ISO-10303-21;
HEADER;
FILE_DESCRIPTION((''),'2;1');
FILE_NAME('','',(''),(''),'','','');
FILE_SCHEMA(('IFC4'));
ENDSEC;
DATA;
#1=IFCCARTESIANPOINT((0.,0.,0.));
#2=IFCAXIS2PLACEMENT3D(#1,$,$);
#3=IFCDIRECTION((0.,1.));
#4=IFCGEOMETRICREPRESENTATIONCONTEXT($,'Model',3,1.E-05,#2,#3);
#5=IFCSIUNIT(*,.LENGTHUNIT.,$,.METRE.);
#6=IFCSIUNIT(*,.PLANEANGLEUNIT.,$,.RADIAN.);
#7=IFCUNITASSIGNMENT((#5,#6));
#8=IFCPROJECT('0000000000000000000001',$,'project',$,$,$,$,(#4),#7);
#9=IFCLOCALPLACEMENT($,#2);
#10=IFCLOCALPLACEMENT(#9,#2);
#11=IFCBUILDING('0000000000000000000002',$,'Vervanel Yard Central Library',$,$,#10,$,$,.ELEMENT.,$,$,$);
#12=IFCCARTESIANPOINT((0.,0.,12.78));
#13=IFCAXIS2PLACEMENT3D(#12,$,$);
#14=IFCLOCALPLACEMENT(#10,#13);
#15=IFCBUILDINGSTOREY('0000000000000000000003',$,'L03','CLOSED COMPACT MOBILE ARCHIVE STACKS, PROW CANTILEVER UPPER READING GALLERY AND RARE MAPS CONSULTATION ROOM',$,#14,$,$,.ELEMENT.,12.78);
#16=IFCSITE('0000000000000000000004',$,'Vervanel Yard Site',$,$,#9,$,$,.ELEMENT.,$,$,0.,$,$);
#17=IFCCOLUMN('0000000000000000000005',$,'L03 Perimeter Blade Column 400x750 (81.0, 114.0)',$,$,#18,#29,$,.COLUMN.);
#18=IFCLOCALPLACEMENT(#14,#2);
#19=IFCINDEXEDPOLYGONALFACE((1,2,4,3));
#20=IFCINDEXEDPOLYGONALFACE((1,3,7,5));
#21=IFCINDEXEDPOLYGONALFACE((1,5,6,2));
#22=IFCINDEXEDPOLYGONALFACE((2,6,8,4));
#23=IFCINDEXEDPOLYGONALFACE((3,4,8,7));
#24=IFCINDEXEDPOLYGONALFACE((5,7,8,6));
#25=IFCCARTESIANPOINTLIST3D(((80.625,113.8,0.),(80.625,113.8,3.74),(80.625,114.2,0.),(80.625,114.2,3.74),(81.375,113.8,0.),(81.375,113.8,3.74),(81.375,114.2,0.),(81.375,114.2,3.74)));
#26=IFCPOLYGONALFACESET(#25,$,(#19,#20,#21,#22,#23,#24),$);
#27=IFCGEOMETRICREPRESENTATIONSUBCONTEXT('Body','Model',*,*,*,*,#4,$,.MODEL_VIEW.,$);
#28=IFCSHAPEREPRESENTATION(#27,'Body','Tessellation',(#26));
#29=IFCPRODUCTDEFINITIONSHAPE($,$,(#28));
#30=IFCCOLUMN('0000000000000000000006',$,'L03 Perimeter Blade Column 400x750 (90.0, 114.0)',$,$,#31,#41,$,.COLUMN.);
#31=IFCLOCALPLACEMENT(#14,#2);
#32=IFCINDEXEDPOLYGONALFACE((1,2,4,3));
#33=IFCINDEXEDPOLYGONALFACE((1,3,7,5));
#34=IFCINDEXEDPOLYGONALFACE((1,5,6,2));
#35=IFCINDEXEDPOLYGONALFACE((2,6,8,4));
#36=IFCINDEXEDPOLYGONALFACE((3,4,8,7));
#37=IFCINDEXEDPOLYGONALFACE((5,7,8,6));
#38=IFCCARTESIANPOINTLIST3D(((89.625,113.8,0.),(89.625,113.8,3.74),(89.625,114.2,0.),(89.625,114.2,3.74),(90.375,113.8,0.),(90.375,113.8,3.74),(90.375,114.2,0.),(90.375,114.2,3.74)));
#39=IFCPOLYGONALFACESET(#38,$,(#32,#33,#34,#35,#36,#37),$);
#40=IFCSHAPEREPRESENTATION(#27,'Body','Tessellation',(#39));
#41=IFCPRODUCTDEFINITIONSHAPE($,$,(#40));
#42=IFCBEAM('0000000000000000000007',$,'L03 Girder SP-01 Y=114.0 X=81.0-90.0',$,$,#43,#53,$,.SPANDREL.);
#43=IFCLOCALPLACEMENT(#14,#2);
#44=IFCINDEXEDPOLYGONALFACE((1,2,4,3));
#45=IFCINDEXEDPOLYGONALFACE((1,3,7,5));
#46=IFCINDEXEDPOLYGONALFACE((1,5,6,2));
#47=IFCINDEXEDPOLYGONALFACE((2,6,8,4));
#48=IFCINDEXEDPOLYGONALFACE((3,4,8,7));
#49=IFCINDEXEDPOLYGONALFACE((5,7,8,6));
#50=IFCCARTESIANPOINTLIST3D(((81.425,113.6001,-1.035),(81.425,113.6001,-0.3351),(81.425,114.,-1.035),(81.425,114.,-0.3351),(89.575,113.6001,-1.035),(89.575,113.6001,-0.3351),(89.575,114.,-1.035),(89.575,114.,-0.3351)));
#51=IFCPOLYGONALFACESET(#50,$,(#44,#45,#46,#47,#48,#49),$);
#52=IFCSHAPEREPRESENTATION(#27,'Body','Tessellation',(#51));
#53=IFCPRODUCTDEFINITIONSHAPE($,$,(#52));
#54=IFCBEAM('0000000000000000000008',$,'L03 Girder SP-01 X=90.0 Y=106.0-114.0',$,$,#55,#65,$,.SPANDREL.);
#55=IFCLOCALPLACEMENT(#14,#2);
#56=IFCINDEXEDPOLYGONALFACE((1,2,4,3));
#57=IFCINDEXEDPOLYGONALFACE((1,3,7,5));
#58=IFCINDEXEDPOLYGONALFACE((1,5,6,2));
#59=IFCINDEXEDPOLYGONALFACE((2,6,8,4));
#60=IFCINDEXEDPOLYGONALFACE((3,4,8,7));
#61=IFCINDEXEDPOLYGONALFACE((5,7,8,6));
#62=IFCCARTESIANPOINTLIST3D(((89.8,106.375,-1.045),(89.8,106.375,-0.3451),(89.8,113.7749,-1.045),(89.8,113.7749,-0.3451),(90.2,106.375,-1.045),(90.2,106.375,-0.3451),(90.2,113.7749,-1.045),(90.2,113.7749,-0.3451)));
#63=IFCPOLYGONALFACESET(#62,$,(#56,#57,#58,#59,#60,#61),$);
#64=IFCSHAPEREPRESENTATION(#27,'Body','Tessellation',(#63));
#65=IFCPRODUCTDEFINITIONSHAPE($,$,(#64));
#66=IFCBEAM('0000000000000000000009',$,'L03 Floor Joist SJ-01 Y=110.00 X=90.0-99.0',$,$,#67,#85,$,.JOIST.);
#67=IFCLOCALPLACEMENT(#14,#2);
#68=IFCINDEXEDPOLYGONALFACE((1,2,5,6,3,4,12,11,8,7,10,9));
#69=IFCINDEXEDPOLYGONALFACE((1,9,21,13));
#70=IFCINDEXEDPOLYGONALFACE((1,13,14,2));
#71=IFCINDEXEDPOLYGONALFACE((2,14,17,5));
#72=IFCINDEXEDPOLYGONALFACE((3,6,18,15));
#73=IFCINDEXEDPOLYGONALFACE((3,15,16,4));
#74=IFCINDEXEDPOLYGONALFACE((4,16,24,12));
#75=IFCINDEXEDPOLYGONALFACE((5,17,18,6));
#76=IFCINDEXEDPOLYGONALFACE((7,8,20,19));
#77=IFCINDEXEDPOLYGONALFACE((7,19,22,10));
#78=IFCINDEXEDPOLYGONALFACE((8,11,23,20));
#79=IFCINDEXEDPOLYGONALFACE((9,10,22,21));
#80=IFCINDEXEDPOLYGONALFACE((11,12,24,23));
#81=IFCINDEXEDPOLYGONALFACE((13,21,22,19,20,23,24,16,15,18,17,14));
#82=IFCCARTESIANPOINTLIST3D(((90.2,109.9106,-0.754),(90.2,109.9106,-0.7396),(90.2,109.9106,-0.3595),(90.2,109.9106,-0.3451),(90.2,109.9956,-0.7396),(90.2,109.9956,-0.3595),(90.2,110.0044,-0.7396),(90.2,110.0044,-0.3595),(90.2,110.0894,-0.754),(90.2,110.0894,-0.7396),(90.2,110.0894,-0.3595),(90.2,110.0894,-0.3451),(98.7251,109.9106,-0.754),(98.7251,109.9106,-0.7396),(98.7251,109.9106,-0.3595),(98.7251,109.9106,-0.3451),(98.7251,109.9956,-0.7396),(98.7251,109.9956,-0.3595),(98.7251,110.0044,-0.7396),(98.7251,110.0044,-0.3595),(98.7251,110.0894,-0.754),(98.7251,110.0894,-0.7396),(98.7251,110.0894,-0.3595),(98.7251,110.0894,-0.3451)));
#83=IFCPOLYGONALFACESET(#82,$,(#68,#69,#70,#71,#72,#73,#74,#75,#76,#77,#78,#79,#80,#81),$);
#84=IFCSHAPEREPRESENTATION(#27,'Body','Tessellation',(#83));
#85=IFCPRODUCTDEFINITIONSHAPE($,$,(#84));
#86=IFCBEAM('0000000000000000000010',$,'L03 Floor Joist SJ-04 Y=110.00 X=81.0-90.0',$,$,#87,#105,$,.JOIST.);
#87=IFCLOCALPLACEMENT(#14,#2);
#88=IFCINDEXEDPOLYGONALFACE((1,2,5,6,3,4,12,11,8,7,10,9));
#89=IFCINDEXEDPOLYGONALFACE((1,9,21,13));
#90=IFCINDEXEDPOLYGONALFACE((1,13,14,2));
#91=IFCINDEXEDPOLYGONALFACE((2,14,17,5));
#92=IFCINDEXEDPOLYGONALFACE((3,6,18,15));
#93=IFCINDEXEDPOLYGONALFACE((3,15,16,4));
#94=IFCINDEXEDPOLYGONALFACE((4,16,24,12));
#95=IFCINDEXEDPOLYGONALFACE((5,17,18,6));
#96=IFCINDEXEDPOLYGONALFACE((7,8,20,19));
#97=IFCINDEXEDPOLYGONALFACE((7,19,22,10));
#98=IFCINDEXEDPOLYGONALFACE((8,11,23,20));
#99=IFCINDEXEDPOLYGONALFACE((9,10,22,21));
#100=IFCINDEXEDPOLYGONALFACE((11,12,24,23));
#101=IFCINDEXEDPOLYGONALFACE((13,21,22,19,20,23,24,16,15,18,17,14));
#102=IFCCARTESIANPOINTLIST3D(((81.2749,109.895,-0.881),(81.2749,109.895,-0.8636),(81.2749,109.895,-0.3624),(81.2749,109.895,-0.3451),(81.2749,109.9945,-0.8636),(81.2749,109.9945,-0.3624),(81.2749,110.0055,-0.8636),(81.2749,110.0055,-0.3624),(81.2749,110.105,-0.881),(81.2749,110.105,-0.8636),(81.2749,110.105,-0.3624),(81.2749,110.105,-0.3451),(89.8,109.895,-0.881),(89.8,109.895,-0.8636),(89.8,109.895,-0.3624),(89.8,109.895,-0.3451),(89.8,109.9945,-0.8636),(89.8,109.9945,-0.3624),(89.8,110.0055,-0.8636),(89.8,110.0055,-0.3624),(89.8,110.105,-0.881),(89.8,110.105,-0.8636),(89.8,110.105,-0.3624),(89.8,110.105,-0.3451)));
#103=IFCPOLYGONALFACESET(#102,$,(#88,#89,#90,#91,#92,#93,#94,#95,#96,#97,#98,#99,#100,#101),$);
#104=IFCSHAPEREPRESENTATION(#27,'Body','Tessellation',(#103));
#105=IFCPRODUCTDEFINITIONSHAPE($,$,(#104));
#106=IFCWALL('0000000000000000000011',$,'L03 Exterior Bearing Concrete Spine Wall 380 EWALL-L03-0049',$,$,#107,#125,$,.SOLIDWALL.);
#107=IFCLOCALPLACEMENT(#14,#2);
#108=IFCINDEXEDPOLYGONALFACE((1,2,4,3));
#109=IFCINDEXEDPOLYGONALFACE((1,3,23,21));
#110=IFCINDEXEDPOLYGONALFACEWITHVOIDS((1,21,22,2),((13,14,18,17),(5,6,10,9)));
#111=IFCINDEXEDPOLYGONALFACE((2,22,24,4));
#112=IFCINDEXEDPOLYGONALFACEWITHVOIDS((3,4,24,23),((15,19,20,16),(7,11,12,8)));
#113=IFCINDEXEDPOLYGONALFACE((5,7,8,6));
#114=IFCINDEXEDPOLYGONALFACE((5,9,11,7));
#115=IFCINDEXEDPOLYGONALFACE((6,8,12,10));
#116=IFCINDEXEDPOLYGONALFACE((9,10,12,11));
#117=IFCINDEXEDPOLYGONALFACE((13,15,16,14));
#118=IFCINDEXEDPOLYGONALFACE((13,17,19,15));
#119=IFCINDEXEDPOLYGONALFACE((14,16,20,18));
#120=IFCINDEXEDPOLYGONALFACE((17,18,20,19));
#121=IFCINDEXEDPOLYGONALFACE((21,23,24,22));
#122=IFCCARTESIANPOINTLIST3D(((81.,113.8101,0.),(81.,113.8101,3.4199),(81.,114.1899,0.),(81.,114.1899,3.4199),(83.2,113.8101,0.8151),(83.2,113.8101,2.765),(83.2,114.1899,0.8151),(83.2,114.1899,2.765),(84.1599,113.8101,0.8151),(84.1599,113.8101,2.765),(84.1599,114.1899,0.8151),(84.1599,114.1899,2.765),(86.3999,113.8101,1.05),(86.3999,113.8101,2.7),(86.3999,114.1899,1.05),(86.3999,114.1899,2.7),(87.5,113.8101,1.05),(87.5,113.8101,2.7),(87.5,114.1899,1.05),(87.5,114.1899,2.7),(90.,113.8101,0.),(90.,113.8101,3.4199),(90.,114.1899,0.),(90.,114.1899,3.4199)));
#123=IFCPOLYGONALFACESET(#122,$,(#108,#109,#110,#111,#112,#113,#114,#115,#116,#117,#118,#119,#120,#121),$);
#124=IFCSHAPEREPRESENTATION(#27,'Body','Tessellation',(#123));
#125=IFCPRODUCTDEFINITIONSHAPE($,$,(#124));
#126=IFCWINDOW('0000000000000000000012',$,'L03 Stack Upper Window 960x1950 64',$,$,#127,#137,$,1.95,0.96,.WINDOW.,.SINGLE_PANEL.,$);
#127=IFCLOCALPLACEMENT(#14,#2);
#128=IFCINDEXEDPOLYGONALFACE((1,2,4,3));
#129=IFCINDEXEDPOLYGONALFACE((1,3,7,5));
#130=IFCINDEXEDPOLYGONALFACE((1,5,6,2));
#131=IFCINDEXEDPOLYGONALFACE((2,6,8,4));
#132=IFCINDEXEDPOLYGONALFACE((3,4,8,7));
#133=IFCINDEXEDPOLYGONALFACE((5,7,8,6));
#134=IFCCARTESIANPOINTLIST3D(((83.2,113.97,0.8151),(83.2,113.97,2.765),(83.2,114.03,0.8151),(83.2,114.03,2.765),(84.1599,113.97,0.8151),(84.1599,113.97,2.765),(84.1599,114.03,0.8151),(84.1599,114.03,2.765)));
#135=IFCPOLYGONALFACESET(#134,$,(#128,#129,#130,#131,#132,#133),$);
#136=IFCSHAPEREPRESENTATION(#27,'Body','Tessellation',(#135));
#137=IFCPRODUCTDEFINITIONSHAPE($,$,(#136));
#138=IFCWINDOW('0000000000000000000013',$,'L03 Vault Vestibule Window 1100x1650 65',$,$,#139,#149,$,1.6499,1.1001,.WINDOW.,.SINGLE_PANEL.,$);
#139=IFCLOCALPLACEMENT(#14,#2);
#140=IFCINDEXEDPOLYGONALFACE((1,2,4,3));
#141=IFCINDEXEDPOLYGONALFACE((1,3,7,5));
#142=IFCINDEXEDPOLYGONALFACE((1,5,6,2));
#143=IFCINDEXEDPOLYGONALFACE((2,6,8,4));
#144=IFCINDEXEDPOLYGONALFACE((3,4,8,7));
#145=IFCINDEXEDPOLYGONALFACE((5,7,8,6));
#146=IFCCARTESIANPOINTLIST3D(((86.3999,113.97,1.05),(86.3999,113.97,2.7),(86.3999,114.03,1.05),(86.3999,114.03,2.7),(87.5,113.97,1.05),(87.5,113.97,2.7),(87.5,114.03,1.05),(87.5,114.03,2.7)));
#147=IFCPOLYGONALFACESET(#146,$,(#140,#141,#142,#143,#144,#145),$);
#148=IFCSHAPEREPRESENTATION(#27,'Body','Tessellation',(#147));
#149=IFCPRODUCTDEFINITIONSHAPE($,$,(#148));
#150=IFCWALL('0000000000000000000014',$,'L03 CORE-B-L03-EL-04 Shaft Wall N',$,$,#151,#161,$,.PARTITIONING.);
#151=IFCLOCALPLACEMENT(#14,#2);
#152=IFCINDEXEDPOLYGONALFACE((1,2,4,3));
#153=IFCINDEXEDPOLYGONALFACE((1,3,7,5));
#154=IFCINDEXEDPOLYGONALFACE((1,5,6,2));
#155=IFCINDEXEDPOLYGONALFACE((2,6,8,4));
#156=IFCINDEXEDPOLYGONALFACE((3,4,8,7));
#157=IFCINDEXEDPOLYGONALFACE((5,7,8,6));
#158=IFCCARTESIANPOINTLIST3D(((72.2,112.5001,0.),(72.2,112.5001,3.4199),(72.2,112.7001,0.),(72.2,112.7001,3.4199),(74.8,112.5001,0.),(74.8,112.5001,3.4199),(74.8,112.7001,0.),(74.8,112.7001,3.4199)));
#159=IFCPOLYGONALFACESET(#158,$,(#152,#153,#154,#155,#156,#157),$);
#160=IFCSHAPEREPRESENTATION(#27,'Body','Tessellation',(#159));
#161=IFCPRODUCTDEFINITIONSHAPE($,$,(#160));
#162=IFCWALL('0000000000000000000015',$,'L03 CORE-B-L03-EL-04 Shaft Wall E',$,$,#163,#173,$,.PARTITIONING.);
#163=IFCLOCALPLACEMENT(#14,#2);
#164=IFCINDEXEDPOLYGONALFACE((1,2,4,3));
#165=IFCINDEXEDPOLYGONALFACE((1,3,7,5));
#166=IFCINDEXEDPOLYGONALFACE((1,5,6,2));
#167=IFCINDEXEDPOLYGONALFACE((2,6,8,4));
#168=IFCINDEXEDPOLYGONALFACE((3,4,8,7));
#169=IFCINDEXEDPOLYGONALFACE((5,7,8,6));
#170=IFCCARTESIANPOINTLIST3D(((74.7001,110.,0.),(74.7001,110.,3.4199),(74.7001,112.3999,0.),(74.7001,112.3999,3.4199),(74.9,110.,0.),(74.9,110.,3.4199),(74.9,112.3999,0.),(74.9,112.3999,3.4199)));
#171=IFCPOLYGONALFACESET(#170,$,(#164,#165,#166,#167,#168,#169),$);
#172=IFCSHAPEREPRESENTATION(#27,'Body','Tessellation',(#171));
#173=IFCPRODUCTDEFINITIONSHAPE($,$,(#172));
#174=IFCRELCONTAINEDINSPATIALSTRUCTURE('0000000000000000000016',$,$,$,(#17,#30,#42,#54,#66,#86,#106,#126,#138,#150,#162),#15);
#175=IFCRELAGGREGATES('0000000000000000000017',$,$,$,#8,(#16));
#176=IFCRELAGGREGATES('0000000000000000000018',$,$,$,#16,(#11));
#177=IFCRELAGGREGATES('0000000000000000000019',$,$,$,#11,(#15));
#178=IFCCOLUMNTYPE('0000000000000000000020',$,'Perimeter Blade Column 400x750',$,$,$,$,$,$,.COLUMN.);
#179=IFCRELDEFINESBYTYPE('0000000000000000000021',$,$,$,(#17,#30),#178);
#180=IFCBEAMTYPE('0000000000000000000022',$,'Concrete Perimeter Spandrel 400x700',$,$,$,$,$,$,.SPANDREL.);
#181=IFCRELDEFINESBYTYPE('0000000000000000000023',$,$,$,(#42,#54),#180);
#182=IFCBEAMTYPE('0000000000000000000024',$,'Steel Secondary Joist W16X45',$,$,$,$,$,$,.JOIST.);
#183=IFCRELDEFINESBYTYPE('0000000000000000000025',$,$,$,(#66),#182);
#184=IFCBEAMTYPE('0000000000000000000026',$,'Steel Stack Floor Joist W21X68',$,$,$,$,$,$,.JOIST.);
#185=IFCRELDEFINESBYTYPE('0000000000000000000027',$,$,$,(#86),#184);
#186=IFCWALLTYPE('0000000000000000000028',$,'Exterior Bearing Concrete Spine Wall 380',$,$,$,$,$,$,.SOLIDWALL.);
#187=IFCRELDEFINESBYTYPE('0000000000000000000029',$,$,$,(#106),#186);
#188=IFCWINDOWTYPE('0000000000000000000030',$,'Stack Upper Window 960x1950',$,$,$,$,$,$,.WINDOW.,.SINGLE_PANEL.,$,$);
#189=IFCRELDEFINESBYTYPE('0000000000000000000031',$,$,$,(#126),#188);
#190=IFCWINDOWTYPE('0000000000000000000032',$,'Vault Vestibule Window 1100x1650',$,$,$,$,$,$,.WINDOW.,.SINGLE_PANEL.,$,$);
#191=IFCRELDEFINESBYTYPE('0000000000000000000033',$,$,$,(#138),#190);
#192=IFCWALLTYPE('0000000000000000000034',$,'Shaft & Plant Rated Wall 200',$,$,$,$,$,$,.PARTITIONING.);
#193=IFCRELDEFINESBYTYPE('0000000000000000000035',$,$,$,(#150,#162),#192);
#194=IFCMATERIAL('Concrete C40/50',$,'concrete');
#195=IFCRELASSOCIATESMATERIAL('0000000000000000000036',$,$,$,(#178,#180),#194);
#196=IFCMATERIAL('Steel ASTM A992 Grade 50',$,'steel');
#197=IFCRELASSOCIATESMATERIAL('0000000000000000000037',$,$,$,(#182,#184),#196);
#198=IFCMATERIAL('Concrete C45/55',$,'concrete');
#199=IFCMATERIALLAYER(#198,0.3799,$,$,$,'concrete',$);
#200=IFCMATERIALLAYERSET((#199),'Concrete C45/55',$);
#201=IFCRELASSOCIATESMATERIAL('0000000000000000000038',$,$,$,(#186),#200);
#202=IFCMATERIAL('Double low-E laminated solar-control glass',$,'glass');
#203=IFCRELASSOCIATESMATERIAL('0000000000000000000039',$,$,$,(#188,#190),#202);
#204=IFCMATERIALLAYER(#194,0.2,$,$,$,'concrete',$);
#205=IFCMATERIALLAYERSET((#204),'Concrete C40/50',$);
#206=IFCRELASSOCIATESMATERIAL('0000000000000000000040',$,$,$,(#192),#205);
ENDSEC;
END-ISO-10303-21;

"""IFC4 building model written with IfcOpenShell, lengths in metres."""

from ifc_helpers import new_model, si_unit, direction, frame, frame_2d, origin, origin_2d, place, context, subcontext, project, spatial, rectangle, i_section, extrude, material, layer, layer_set, material_profile, profile_set, type_object, element, fill, save


model = new_model("IFC4")

# Units and contexts
model_context = context("Model", 3, precision=1e-05, world=origin(), true_north=direction((0.0, 1.0)))
body_context = subcontext(model_context, "Body", "Model", "MODEL_VIEW")
ifc_project = project(units=[si_unit("LENGTHUNIT", "METRE"), si_unit("PLANEANGLEUNIT", "RADIAN")], contexts=[model_context])

# Site, building, storey
site_placement = place(None, origin())
site = spatial("IfcSite", under=ifc_project, at=site_placement, Name="Vervanel Yard Site", CompositionType="ELEMENT", RefElevation=0.0)
building_placement = place(site_placement, origin())
building = spatial("IfcBuilding", under=site, at=building_placement, Name="Vervanel Yard Central Library", CompositionType="ELEMENT")
storey_placement = place(building_placement, frame((0.0, 0.0, 12.78)))
storey = spatial("IfcBuildingStorey", under=building, at=storey_placement, Name="L03", Description="CLOSED COMPACT MOBILE ARCHIVE STACKS, PROW CANTILEVER UPPER READING GALLERY AND RARE MAPS CONSULTATION ROOM", CompositionType="ELEMENT", Elevation=12.78)

# Columns
ifc_material_1 = material(Name="Concrete C40/50", Category="concrete")
ifc_material_profile_1 = material_profile(ifc_material_1, rectangle(XDim=0.3999, YDim=0.75, at=origin_2d()), Name="RC 400x750", Category="concrete")
ifc_profile_set_1 = profile_set([ifc_material_profile_1], Name="Concrete C40/50")
column_type = type_object("IfcColumnType", Name="Perimeter Blade Column 400x750", PredefinedType="COLUMN", material=ifc_profile_set_1)
for number, where, z_axis, x_axis, name in (
    (1, (81.0, 114.0, 0.0), (0.0, 0.0, 1.0), (0.0, 1.0, 0.0), "L03 Perimeter Blade Column 400x750 (81.0, 114.0)"),
    (2, (90.0, 114.0, 0.0), (0.0, 0.0, 1.0), (0.0, 1.0, 0.0), "L03 Perimeter Blade Column 400x750 (90.0, 114.0)"),
):
    element("IfcColumn", number, at=place(storey_placement, frame(where, z_axis=z_axis, x_axis=x_axis)), inside=storey, type_object=column_type, Name=name, PredefinedType="COLUMN", context=body_context, shape_type="SweptSolid", body=[
        extrude(rectangle(XDim=0.3999, YDim=0.75, at=origin_2d()), origin(), (0.0, 0.0, 1.0), 3.74),
    ])

# Beams
ifc_material_profile_2 = material_profile(ifc_material_1, rectangle(XDim=0.3999, YDim=0.7, at=origin_2d()), Name="RC 400x700", Category="concrete")
ifc_profile_set_2 = profile_set([ifc_material_profile_2], Name="Concrete C40/50")
beam_type_1 = type_object("IfcBeamType", Name="Concrete Perimeter Spandrel 400x700", PredefinedType="SPANDREL", material=ifc_profile_set_2)
beam_1_placement = place(storey_placement, frame((81.425, 113.8, -0.6851), z_axis=(1.0, 0.0, 0.0), x_axis=(0.0, 1.0, 0.0)))
element("IfcBeam", 3, at=beam_1_placement, inside=storey, type_object=beam_type_1, Name="L03 Girder SP-01 Y=114.0 X=81.0-90.0", PredefinedType="SPANDREL", context=body_context, shape_type="SweptSolid", body=[
    extrude(rectangle(XDim=0.3999, YDim=0.7, at=origin_2d()), origin(), (0.0, 0.0, 1.0), 8.1499),
])
beam_2_placement = place(storey_placement, frame((90.0, 106.375, -0.6951), z_axis=(0.0, 1.0, 0.0), x_axis=(-1.0, 0.0, 0.0)))
element("IfcBeam", 4, at=beam_2_placement, inside=storey, type_object=beam_type_1, Name="L03 Girder SP-01 X=90.0 Y=106.0-114.0", PredefinedType="SPANDREL", context=body_context, shape_type="SweptSolid", body=[
    extrude(rectangle(XDim=0.3999, YDim=0.7, at=origin_2d()), origin(), (0.0, 0.0, 1.0), 7.3999),
])
ifc_material_2 = material(Name="Steel ASTM A992 Grade 50", Category="steel")
ifc_material_profile_3 = material_profile(ifc_material_2, i_section(OverallWidth=0.1787, OverallDepth=0.4089, WebThickness=0.0088, FlangeThickness=0.0144, at=origin_2d()), Name="W16X45", Category="steel")
ifc_profile_set_3 = profile_set([ifc_material_profile_3], Name="Steel ASTM A992 Grade 50")
beam_type_2 = type_object("IfcBeamType", Name="Steel Secondary Joist W16X45", PredefinedType="JOIST", material=ifc_profile_set_3)
beam_3_placement = place(storey_placement, frame((90.2, 110.0, -0.5496), z_axis=(1.0, 0.0, 0.0), x_axis=(0.0, 1.0, 0.0)))
element("IfcBeam", 5, at=beam_3_placement, inside=storey, type_object=beam_type_2, Name="L03 Floor Joist SJ-01 Y=110.00 X=90.0-99.0", PredefinedType="JOIST", context=body_context, shape_type="SweptSolid", body=[
    extrude(i_section(OverallWidth=0.1787, OverallDepth=0.4089, WebThickness=0.0088, FlangeThickness=0.0144, at=origin_2d()), origin(), (0.0, 0.0, 1.0), 8.5251),
])
ifc_material_profile_4 = material_profile(ifc_material_2, i_section(OverallWidth=0.21, OverallDepth=0.5359, WebThickness=0.011, FlangeThickness=0.0173, at=origin_2d()), Name="W21X68", Category="steel")
ifc_profile_set_4 = profile_set([ifc_material_profile_4], Name="Steel ASTM A992 Grade 50")
beam_type_3 = type_object("IfcBeamType", Name="Steel Stack Floor Joist W21X68", PredefinedType="JOIST", material=ifc_profile_set_4)
beam_4_placement = place(storey_placement, frame((81.2749, 110.0, -0.613), z_axis=(1.0, 0.0, 0.0), x_axis=(0.0, 1.0, 0.0)))
element("IfcBeam", 6, at=beam_4_placement, inside=storey, type_object=beam_type_3, Name="L03 Floor Joist SJ-04 Y=110.00 X=81.0-90.0", PredefinedType="JOIST", context=body_context, shape_type="SweptSolid", body=[
    extrude(i_section(OverallWidth=0.21, OverallDepth=0.5359, WebThickness=0.011, FlangeThickness=0.0173, at=origin_2d()), origin(), (0.0, 0.0, 1.0), 8.5251),
])

# Wall, openings, windows
ifc_material_3 = material(Name="Concrete C45/55", Category="concrete")
ifc_layer_1 = layer(ifc_material_3, 0.3799, Category="concrete")
ifc_layer_set_1 = layer_set([ifc_layer_1], Name="Concrete C45/55")
wall_type_1 = type_object("IfcWallType", Name="Exterior Bearing Concrete Spine Wall 380", PredefinedType="SOLIDWALL", material=ifc_layer_set_1)
wall_1_placement = place(storey_placement, frame((81.0, 114.0, 0.0), z_axis=(0.0, 0.0, 1.0), x_axis=(1.0, 0.0, 0.0)))
wall_1 = element("IfcWall", 7, at=wall_1_placement, inside=storey, type_object=wall_type_1, Name="L03 Exterior Bearing Concrete Spine Wall 380 EWALL-L03-0049", PredefinedType="SOLIDWALL", context=body_context, shape_type="SweptSolid", body=[
    extrude(rectangle(XDim=9.0, YDim=0.3799, at=frame_2d((4.5, 0.0))), origin(), (0.0, 0.0, 1.0), 3.4199),
])
opening_1_placement = place(wall_1_placement, frame((2.2, 0.0, 0.8149)))
opening_1 = element("IfcOpeningElement", 8, at=opening_1_placement, cuts=wall_1, PredefinedType="OPENING", context=body_context, shape_type="SweptSolid", body=[
    extrude(rectangle(XDim=0.96, YDim=1.95, at=frame_2d((0.48, 0.9751))), frame((0.0, 0.2, 0.0), z_axis=(0.0, -1.0, 0.0), x_axis=(1.0, 0.0, 0.0)), (0.0, 0.0, 1.0), 0.3999),
])
opening_2_placement = place(wall_1_placement, frame((5.3999, 0.0, 1.05)))
opening_2 = element("IfcOpeningElement", 9, at=opening_2_placement, cuts=wall_1, PredefinedType="OPENING", context=body_context, shape_type="SweptSolid", body=[
    extrude(rectangle(XDim=1.1001, YDim=1.6499, at=frame_2d((0.55, 0.825))), frame((0.0, 0.2, 0.0), z_axis=(0.0, -1.0, 0.0), x_axis=(1.0, 0.0, 0.0)), (0.0, 0.0, 1.0), 0.3999),
])
ifc_material_4 = material(Name="Double low-E laminated solar-control glass", Category="glass")
window_type_1 = type_object("IfcWindowType", Name="Stack Upper Window 960x1950", PartitioningType="SINGLE_PANEL", PredefinedType="WINDOW", material=ifc_material_4)
window_1_placement = place(opening_1_placement, origin())
window_1 = element("IfcWindow", 10, at=window_1_placement, inside=storey, type_object=window_type_1, Name="L03 Stack Upper Window 960x1950 64", OverallHeight=1.95, OverallWidth=0.96, PartitioningType="SINGLE_PANEL", PredefinedType="WINDOW", context=body_context, shape_type="SweptSolid", body=[
    extrude(rectangle(XDim=0.96, YDim=1.95, at=frame_2d((0.48, 0.9751))), frame((0.0, 0.03, 0.0), z_axis=(0.0, -1.0, 0.0), x_axis=(1.0, 0.0, 0.0)), (0.0, 0.0, 1.0), 0.0601),
])
fill(opening_1, window_1)
window_type_2 = type_object("IfcWindowType", Name="Vault Vestibule Window 1100x1650", PartitioningType="SINGLE_PANEL", PredefinedType="WINDOW", material=ifc_material_4)
window_2_placement = place(opening_2_placement, origin())
window_2 = element("IfcWindow", 11, at=window_2_placement, inside=storey, type_object=window_type_2, Name="L03 Vault Vestibule Window 1100x1650 65", OverallHeight=1.6499, OverallWidth=1.1001, PartitioningType="SINGLE_PANEL", PredefinedType="WINDOW", context=body_context, shape_type="SweptSolid", body=[
    extrude(rectangle(XDim=1.1001, YDim=1.6499, at=frame_2d((0.55, 0.825))), frame((0.0, 0.03, 0.0), z_axis=(0.0, -1.0, 0.0), x_axis=(1.0, 0.0, 0.0)), (0.0, 0.0, 1.0), 0.0601),
])
fill(opening_2, window_2)

# Walls
ifc_layer_2 = layer(ifc_material_1, 0.2, Category="concrete")
ifc_layer_set_2 = layer_set([ifc_layer_2], Name="Concrete C40/50")
wall_type_2 = type_object("IfcWallType", Name="Shaft & Plant Rated Wall 200", PredefinedType="PARTITIONING", material=ifc_layer_set_2)
wall_2_placement = place(storey_placement, frame((72.2, 112.6001, 0.0), z_axis=(0.0, 0.0, 1.0), x_axis=(1.0, 0.0, 0.0)))
element("IfcWall", 12, at=wall_2_placement, inside=storey, type_object=wall_type_2, Name="L03 CORE-B-L03-EL-04 Shaft Wall N", PredefinedType="PARTITIONING", context=body_context, shape_type="SweptSolid", body=[
    extrude(rectangle(XDim=2.6001, YDim=0.2, at=frame_2d((1.3, 0.0))), origin(), (0.0, 0.0, 1.0), 3.4199),
])
wall_3_placement = place(storey_placement, frame((74.8, 110.0, 0.0), z_axis=(0.0, 0.0, 1.0), x_axis=(0.0, 1.0, 0.0)))
element("IfcWall", 13, at=wall_3_placement, inside=storey, type_object=wall_type_2, Name="L03 CORE-B-L03-EL-04 Shaft Wall E", PredefinedType="PARTITIONING", context=body_context, shape_type="SweptSolid", body=[
    extrude(rectangle(XDim=2.3999, YDim=0.2, at=frame_2d((1.2, 0.0))), origin(), (0.0, 0.0, 1.0), 3.4199),
])

save(model, "model.ifc")
